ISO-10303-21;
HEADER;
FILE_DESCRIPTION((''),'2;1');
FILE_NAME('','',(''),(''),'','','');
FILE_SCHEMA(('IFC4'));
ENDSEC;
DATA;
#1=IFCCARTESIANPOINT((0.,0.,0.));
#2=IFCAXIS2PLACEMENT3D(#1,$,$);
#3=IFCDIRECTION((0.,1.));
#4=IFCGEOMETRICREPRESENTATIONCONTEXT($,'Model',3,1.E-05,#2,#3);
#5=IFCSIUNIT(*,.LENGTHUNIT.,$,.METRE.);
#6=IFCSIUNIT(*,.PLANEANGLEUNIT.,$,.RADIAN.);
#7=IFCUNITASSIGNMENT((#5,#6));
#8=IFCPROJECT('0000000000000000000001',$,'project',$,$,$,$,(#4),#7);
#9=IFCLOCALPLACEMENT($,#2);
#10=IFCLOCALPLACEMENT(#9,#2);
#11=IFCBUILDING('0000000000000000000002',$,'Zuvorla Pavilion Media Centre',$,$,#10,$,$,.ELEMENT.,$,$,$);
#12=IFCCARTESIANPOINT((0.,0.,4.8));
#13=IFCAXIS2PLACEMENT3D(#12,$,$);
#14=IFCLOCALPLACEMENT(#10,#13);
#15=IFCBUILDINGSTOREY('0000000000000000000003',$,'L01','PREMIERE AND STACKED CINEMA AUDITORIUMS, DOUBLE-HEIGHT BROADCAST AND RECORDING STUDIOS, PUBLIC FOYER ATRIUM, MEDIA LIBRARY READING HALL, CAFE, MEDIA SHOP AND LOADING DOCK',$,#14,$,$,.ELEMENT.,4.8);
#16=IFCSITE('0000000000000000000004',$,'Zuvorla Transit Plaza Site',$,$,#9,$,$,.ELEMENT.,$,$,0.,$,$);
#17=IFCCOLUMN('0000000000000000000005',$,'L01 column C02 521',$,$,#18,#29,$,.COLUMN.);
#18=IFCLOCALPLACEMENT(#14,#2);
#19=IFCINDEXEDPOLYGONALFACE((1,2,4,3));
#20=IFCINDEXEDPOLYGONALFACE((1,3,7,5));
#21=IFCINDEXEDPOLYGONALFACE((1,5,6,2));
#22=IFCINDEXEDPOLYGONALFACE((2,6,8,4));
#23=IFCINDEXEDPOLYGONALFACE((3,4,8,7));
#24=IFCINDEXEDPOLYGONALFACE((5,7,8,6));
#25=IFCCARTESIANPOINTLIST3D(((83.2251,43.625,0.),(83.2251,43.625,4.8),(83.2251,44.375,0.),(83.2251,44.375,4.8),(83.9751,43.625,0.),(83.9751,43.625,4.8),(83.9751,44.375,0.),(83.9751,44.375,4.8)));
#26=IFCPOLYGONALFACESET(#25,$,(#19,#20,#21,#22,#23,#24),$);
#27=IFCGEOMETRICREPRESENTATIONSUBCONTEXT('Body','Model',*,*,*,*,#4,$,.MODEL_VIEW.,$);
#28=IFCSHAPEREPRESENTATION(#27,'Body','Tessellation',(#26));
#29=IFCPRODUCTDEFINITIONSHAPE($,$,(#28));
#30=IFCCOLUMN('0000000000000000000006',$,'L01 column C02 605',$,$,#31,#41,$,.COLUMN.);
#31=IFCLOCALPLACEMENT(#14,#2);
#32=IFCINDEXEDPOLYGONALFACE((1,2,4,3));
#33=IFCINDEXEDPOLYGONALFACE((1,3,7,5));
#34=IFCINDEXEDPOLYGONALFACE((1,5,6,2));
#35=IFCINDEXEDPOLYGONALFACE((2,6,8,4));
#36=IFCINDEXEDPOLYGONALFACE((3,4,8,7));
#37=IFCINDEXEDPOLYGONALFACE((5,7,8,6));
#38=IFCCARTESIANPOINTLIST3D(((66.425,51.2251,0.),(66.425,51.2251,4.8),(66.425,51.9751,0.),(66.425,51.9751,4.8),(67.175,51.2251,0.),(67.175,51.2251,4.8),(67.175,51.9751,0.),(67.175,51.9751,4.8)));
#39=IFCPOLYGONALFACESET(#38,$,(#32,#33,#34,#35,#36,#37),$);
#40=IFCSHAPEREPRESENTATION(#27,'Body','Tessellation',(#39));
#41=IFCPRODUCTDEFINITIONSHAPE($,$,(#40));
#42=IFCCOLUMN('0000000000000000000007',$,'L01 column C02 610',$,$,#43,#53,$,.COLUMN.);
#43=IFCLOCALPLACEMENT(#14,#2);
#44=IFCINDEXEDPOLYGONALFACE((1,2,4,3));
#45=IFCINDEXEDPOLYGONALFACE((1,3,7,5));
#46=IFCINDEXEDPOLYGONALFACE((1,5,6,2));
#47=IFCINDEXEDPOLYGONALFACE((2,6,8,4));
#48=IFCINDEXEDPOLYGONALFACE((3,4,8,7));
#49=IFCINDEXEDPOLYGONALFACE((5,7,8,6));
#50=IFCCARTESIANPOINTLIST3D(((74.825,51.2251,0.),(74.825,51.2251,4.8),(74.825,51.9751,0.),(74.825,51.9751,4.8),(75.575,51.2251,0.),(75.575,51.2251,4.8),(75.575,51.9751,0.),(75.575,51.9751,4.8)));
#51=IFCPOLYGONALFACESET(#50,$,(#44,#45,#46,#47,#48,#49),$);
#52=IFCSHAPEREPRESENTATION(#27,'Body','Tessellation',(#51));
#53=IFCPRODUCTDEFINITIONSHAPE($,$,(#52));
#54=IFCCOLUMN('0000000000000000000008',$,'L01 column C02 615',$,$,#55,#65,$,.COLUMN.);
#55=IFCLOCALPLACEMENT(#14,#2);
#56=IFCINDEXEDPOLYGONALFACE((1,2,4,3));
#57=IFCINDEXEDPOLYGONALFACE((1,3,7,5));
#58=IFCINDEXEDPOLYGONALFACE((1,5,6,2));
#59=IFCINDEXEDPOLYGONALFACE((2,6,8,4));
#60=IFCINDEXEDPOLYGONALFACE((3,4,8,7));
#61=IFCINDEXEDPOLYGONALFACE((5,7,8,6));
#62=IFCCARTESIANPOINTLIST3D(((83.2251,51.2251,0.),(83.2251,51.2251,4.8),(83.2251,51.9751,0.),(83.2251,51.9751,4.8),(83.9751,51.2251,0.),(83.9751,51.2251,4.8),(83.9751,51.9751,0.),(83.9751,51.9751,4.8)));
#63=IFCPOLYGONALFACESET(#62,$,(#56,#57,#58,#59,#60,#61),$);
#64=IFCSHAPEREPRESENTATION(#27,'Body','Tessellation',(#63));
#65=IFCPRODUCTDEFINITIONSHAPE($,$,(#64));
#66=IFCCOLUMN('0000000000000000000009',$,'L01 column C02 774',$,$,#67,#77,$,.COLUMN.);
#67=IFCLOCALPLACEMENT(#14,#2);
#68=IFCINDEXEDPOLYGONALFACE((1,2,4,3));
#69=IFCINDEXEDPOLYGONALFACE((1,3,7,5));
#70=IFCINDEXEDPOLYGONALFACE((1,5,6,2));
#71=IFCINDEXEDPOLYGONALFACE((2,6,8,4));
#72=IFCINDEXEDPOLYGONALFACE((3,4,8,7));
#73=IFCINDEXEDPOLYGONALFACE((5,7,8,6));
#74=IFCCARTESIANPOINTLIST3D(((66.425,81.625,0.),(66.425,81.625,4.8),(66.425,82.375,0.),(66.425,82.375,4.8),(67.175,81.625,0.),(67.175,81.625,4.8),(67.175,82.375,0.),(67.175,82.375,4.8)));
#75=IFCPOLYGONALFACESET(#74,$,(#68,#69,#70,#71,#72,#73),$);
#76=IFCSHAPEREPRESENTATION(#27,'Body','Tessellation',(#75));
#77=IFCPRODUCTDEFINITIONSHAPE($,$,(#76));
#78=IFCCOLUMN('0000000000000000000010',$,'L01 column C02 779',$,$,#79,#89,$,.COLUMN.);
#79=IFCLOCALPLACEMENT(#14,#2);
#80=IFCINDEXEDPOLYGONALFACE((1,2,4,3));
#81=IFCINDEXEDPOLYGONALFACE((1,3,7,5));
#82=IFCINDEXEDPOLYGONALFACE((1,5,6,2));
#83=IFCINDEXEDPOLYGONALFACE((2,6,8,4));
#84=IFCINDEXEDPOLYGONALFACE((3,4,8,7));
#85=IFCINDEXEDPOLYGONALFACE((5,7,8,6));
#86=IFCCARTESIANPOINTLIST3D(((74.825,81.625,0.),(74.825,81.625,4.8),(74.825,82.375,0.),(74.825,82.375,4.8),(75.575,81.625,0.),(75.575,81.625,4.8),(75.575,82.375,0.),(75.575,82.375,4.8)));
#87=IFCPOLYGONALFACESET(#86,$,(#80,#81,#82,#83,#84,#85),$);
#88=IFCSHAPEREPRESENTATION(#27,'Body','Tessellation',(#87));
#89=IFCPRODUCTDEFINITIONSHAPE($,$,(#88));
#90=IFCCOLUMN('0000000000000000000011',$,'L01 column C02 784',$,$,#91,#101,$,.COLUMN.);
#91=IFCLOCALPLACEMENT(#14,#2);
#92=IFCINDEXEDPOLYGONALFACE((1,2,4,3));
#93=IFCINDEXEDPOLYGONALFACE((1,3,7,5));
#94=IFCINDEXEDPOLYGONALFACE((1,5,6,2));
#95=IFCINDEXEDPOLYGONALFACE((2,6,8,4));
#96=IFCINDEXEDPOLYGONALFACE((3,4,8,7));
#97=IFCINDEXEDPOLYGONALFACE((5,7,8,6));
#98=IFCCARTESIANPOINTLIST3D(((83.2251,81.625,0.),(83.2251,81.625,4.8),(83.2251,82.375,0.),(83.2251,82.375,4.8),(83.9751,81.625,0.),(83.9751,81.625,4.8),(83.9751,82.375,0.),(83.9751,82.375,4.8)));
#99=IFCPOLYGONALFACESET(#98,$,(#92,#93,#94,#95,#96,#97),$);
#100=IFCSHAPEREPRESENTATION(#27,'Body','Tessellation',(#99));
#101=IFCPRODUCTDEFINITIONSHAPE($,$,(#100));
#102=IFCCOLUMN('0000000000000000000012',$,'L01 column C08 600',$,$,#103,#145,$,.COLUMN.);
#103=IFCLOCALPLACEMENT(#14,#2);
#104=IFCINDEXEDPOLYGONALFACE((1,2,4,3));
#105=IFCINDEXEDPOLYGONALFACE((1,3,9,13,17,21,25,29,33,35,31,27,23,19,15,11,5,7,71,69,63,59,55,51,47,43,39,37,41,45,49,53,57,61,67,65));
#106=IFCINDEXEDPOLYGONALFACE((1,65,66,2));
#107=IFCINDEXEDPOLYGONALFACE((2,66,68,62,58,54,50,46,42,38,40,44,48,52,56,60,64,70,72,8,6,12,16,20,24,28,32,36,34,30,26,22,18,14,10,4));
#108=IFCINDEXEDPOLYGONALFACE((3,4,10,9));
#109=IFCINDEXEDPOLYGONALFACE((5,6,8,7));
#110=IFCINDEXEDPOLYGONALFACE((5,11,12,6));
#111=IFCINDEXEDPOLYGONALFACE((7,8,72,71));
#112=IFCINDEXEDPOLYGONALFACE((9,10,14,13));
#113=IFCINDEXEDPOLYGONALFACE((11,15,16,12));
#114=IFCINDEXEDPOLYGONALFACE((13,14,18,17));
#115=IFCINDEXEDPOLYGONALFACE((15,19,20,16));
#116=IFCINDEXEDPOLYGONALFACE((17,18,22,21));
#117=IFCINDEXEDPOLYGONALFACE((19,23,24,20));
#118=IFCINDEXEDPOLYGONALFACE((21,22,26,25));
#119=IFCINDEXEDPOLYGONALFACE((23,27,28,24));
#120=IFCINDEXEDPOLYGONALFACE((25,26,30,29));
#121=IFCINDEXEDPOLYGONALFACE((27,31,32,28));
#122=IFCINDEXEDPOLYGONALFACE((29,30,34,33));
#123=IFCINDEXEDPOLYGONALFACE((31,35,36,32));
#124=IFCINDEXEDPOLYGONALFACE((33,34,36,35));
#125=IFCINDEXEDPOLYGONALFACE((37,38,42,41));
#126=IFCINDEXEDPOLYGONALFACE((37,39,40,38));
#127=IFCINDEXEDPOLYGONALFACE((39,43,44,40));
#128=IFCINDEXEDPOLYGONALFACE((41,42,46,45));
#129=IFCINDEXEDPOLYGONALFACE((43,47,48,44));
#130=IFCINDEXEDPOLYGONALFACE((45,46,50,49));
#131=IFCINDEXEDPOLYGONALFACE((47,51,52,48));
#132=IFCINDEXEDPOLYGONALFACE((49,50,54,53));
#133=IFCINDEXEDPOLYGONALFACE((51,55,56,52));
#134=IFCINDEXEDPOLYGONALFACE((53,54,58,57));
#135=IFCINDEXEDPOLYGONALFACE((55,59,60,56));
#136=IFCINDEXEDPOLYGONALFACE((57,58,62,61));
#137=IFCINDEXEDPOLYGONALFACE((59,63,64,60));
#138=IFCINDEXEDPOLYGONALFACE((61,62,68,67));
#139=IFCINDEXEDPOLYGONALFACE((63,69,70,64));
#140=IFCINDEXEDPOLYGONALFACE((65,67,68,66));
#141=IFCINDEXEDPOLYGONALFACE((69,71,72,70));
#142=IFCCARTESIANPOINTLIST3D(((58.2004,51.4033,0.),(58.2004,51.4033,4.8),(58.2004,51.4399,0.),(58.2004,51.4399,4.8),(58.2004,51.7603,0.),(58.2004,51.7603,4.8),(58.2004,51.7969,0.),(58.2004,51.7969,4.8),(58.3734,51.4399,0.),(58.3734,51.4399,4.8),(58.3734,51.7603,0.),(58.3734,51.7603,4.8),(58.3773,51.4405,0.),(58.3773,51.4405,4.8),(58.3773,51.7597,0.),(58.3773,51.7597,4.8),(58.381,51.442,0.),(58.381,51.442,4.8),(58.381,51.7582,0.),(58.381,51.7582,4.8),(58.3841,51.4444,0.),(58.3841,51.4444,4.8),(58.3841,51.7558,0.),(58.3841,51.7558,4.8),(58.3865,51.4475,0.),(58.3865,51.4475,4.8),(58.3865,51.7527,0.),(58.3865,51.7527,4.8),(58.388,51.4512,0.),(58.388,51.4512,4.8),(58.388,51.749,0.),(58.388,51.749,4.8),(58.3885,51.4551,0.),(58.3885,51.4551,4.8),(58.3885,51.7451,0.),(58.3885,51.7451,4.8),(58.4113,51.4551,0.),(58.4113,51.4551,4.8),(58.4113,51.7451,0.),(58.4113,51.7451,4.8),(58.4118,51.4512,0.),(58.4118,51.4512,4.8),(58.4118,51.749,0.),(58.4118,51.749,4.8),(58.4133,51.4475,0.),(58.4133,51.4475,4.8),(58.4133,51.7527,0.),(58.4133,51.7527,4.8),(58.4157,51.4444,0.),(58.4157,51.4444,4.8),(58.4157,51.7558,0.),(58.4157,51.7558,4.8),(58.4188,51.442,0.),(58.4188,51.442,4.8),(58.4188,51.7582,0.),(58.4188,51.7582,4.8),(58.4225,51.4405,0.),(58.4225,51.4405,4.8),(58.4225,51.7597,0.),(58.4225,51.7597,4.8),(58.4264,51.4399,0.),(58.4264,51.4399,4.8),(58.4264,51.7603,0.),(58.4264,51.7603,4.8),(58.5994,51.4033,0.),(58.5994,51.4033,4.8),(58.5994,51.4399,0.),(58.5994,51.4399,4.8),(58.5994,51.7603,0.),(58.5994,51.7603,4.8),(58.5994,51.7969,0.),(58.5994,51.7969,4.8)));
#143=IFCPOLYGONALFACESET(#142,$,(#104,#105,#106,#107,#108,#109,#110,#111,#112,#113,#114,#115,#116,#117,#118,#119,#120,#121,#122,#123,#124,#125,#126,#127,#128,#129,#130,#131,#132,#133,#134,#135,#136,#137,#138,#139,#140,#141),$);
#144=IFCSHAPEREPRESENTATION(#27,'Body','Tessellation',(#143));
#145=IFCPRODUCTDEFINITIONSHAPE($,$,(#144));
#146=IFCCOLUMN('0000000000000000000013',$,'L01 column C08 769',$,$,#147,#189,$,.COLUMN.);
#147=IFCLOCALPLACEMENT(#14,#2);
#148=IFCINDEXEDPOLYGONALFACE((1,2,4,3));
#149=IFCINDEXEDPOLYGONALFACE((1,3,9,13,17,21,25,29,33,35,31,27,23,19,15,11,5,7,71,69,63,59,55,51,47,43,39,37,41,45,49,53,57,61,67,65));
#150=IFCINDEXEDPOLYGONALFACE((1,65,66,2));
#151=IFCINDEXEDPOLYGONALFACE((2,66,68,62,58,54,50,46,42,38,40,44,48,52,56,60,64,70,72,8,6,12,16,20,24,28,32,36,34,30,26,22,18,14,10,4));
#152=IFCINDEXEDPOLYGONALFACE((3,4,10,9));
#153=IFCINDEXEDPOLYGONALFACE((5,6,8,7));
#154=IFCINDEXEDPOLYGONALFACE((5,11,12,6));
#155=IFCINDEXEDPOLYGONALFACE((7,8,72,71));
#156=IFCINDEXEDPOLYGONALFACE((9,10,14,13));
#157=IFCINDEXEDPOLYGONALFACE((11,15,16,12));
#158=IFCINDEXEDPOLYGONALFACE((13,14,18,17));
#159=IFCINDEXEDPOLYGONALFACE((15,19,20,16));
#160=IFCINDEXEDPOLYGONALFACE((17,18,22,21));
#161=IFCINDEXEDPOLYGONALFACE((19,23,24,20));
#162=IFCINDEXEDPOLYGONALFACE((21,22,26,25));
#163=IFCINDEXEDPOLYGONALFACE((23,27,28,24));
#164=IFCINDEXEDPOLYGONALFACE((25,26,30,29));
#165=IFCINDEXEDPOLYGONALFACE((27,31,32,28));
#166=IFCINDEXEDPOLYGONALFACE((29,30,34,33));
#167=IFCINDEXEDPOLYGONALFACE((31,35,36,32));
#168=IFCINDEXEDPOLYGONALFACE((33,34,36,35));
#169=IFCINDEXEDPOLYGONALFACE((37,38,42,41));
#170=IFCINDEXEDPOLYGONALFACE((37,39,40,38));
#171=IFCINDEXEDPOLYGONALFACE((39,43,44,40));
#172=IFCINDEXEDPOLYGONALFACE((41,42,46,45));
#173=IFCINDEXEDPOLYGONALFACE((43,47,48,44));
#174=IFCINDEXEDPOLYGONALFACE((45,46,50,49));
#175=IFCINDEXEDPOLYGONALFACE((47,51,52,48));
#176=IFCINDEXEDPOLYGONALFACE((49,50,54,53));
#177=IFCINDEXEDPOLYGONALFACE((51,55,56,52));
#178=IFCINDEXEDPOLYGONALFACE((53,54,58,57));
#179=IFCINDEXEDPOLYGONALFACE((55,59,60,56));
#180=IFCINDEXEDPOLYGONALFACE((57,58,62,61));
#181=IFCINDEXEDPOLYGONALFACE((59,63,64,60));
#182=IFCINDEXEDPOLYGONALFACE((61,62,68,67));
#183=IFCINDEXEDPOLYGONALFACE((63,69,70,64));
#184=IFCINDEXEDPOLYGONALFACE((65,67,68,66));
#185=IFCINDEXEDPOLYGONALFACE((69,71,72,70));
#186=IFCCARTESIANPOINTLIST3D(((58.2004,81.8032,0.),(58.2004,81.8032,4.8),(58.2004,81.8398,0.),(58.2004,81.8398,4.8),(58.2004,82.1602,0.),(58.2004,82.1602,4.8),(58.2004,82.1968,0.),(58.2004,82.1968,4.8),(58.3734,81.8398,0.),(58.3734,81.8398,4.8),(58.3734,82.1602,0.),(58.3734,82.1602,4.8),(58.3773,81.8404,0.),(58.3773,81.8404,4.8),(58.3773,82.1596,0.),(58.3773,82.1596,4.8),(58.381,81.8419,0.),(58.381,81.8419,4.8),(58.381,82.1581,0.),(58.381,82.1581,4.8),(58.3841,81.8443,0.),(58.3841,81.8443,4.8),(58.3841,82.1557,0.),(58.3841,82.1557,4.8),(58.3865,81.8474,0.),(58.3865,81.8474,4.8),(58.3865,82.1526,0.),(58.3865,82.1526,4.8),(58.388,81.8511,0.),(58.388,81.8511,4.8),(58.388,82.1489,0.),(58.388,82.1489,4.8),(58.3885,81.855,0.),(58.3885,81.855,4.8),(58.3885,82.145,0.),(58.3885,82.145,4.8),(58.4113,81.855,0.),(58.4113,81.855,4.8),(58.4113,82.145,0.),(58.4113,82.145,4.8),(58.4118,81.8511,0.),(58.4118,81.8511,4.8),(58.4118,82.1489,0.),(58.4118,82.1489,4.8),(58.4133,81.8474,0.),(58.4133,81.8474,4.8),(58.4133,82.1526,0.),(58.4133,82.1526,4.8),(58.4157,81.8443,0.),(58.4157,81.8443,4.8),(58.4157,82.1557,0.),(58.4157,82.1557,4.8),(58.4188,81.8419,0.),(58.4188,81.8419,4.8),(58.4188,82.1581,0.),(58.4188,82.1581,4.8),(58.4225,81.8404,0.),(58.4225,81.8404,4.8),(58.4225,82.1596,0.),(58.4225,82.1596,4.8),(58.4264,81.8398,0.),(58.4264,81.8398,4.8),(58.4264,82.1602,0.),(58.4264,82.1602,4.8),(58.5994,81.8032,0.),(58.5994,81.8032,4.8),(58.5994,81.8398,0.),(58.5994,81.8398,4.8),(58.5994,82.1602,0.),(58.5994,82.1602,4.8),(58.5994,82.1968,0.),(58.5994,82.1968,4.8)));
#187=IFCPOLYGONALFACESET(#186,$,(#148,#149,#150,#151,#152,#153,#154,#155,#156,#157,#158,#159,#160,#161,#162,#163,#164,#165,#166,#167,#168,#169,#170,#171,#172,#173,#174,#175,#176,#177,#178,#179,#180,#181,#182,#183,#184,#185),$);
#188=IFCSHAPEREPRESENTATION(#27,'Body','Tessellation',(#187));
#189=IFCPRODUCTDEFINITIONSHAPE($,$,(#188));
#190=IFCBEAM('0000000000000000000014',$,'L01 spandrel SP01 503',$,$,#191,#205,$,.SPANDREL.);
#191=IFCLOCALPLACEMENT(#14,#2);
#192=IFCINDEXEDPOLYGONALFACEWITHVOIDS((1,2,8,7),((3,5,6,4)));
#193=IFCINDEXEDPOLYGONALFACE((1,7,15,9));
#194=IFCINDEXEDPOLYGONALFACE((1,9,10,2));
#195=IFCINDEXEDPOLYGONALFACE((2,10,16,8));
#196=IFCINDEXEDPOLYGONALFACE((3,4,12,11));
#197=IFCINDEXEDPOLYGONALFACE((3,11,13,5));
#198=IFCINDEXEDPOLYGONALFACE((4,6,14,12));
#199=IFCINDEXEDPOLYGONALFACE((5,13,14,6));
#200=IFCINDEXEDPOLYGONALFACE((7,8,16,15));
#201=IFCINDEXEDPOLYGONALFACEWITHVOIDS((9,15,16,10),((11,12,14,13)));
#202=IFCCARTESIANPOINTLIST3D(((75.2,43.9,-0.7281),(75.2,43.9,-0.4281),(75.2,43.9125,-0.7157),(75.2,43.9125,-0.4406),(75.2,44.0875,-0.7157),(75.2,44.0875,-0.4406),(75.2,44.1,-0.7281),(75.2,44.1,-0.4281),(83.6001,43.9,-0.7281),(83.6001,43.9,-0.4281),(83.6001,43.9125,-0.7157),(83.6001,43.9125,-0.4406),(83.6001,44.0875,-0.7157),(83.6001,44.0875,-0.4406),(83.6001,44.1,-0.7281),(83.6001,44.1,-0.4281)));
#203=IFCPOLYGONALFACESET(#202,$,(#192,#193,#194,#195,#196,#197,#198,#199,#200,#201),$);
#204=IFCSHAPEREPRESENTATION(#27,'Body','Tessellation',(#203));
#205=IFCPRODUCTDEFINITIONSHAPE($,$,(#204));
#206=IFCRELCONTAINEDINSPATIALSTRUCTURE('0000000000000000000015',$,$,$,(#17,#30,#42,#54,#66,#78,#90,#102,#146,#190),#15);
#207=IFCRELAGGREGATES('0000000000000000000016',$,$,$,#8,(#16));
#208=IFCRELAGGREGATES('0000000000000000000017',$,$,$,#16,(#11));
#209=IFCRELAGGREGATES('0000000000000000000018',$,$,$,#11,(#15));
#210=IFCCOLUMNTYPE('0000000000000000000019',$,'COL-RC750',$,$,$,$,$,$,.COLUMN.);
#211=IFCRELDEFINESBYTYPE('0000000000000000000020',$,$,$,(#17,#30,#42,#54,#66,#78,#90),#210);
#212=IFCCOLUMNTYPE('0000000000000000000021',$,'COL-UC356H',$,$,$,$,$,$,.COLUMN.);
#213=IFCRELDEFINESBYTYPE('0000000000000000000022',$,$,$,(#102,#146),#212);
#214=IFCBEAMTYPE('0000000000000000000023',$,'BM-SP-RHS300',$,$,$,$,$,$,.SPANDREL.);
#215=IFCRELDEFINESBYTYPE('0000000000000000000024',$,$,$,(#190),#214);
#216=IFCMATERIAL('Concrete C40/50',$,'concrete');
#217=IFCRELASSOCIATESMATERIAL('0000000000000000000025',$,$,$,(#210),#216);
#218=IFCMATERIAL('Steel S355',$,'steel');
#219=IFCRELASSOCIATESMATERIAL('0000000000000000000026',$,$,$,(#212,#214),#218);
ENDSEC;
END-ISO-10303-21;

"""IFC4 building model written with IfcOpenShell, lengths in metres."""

from ifc_helpers import new_model, si_unit, direction, frame, origin, origin_2d, place, context, subcontext, project, spatial, rectangle, hollow_rectangle, i_section, extrude, material, material_profile, profile_set, type_object, element, save


model = new_model("IFC4")

# Units and contexts
model_context = context("Model", 3, precision=1e-05, world=origin(), true_north=direction((0.0, 1.0)))
body_context = subcontext(model_context, "Body", "Model", "MODEL_VIEW")
ifc_project = project(units=[si_unit("LENGTHUNIT", "METRE"), si_unit("PLANEANGLEUNIT", "RADIAN")], contexts=[model_context])

# Site, building, storey
site_placement = place(None, origin())
site = spatial("IfcSite", under=ifc_project, at=site_placement, Name="Zuvorla Transit Plaza Site", CompositionType="ELEMENT", RefElevation=0.0)
building_placement = place(site_placement, origin())
building = spatial("IfcBuilding", under=site, at=building_placement, Name="Zuvorla Pavilion Media Centre", CompositionType="ELEMENT")
storey_placement = place(building_placement, frame((0.0, 0.0, 4.8)))
storey = spatial("IfcBuildingStorey", under=building, at=storey_placement, Name="L01", Description="PREMIERE AND STACKED CINEMA AUDITORIUMS, DOUBLE-HEIGHT BROADCAST AND RECORDING STUDIOS, PUBLIC FOYER ATRIUM, MEDIA LIBRARY READING HALL, CAFE, MEDIA SHOP AND LOADING DOCK", CompositionType="ELEMENT", Elevation=4.8)

# Columns
ifc_material_1 = material(Name="Concrete C40/50", Category="concrete")
ifc_material_profile_1 = material_profile(ifc_material_1, rectangle(XDim=0.75, YDim=0.75, at=origin_2d()), Name="RC 750x750")
ifc_profile_set_1 = profile_set([ifc_material_profile_1], Name="Concrete C40/50")
column_type_1 = type_object("IfcColumnType", Name="COL-RC750", PredefinedType="COLUMN", material=ifc_profile_set_1)
for number, where, z_axis, x_axis, name in (
    (1, (83.6001, 44.0, 0.0), (0.0, 0.0, 1.0), (1.0, 0.0, 0.0), "L01 column C02 521"),
    (2, (66.8, 51.6001, 0.0), (0.0, 0.0, 1.0), (1.0, 0.0, 0.0), "L01 column C02 605"),
    (3, (75.2, 51.6001, 0.0), (0.0, 0.0, 1.0), (1.0, 0.0, 0.0), "L01 column C02 610"),
    (4, (83.6001, 51.6001, 0.0), (0.0, 0.0, 1.0), (1.0, 0.0, 0.0), "L01 column C02 615"),
    (5, (66.8, 82.0, 0.0), (0.0, 0.0, 1.0), (1.0, 0.0, 0.0), "L01 column C02 774"),
    (6, (75.2, 82.0, 0.0), (0.0, 0.0, 1.0), (1.0, 0.0, 0.0), "L01 column C02 779"),
    (7, (83.6001, 82.0, 0.0), (0.0, 0.0, 1.0), (1.0, 0.0, 0.0), "L01 column C02 784"),
):
    element("IfcColumn", number, at=place(storey_placement, frame(where, z_axis=z_axis, x_axis=x_axis)), inside=storey, type_object=column_type_1, Name=name, PredefinedType="COLUMN", context=body_context, shape_type="SweptSolid", body=[
        extrude(rectangle(XDim=0.75, YDim=0.75, at=origin_2d()), origin(), (0.0, 0.0, 1.0), 4.8),
    ])
ifc_material_2 = material(Name="Steel S355", Category="steel")
ifc_material_profile_2 = material_profile(ifc_material_2, i_section(OverallWidth=0.3989, OverallDepth=0.3936, WebThickness=0.0227, FlangeThickness=0.0366, FilletRadius=0.0151, at=origin_2d()), Name="UC 356x406x287")
ifc_profile_set_2 = profile_set([ifc_material_profile_2], Name="Steel S355")
column_type_2 = type_object("IfcColumnType", Name="COL-UC356H", PredefinedType="COLUMN", material=ifc_profile_set_2)
for number, where, z_axis, x_axis, name in (
    (8, (58.3999, 51.6001, 0.0), (0.0, 0.0, 1.0), (1.0, 0.0, 0.0), "L01 column C08 600"),
    (9, (58.3999, 82.0, 0.0), (0.0, 0.0, 1.0), (1.0, 0.0, 0.0), "L01 column C08 769"),
):
    element("IfcColumn", number, at=place(storey_placement, frame(where, z_axis=z_axis, x_axis=x_axis)), inside=storey, type_object=column_type_2, Name=name, PredefinedType="COLUMN", context=body_context, shape_type="SweptSolid", body=[
        extrude(i_section(OverallWidth=0.3989, OverallDepth=0.3936, WebThickness=0.0227, FlangeThickness=0.0366, FilletRadius=0.0151, at=origin_2d()), origin(), (0.0, 0.0, 1.0), 4.8),
    ])

# Beam
ifc_material_profile_3 = material_profile(ifc_material_2, hollow_rectangle(XDim=0.2, YDim=0.3, WallThickness=0.0125, at=origin_2d()), Name="RHS 300x200x12.5")
ifc_profile_set_3 = profile_set([ifc_material_profile_3], Name="Steel S355")
beam_type_1 = type_object("IfcBeamType", Name="BM-SP-RHS300", PredefinedType="SPANDREL", material=ifc_profile_set_3)
beam_1_placement = place(storey_placement, frame((75.2, 44.0, -0.5781), z_axis=(1.0, 0.0, 0.0), x_axis=(0.0, 1.0, 0.0)))
element("IfcBeam", 10, at=beam_1_placement, inside=storey, type_object=beam_type_1, Name="L01 spandrel SP01 503", PredefinedType="SPANDREL", context=body_context, shape_type="SweptSolid", body=[
    extrude(hollow_rectangle(XDim=0.2, YDim=0.3, WallThickness=0.0125, at=origin_2d()), origin(), (0.0, 0.0, 1.0), 8.4001),
])

save(model, "model.ifc")
